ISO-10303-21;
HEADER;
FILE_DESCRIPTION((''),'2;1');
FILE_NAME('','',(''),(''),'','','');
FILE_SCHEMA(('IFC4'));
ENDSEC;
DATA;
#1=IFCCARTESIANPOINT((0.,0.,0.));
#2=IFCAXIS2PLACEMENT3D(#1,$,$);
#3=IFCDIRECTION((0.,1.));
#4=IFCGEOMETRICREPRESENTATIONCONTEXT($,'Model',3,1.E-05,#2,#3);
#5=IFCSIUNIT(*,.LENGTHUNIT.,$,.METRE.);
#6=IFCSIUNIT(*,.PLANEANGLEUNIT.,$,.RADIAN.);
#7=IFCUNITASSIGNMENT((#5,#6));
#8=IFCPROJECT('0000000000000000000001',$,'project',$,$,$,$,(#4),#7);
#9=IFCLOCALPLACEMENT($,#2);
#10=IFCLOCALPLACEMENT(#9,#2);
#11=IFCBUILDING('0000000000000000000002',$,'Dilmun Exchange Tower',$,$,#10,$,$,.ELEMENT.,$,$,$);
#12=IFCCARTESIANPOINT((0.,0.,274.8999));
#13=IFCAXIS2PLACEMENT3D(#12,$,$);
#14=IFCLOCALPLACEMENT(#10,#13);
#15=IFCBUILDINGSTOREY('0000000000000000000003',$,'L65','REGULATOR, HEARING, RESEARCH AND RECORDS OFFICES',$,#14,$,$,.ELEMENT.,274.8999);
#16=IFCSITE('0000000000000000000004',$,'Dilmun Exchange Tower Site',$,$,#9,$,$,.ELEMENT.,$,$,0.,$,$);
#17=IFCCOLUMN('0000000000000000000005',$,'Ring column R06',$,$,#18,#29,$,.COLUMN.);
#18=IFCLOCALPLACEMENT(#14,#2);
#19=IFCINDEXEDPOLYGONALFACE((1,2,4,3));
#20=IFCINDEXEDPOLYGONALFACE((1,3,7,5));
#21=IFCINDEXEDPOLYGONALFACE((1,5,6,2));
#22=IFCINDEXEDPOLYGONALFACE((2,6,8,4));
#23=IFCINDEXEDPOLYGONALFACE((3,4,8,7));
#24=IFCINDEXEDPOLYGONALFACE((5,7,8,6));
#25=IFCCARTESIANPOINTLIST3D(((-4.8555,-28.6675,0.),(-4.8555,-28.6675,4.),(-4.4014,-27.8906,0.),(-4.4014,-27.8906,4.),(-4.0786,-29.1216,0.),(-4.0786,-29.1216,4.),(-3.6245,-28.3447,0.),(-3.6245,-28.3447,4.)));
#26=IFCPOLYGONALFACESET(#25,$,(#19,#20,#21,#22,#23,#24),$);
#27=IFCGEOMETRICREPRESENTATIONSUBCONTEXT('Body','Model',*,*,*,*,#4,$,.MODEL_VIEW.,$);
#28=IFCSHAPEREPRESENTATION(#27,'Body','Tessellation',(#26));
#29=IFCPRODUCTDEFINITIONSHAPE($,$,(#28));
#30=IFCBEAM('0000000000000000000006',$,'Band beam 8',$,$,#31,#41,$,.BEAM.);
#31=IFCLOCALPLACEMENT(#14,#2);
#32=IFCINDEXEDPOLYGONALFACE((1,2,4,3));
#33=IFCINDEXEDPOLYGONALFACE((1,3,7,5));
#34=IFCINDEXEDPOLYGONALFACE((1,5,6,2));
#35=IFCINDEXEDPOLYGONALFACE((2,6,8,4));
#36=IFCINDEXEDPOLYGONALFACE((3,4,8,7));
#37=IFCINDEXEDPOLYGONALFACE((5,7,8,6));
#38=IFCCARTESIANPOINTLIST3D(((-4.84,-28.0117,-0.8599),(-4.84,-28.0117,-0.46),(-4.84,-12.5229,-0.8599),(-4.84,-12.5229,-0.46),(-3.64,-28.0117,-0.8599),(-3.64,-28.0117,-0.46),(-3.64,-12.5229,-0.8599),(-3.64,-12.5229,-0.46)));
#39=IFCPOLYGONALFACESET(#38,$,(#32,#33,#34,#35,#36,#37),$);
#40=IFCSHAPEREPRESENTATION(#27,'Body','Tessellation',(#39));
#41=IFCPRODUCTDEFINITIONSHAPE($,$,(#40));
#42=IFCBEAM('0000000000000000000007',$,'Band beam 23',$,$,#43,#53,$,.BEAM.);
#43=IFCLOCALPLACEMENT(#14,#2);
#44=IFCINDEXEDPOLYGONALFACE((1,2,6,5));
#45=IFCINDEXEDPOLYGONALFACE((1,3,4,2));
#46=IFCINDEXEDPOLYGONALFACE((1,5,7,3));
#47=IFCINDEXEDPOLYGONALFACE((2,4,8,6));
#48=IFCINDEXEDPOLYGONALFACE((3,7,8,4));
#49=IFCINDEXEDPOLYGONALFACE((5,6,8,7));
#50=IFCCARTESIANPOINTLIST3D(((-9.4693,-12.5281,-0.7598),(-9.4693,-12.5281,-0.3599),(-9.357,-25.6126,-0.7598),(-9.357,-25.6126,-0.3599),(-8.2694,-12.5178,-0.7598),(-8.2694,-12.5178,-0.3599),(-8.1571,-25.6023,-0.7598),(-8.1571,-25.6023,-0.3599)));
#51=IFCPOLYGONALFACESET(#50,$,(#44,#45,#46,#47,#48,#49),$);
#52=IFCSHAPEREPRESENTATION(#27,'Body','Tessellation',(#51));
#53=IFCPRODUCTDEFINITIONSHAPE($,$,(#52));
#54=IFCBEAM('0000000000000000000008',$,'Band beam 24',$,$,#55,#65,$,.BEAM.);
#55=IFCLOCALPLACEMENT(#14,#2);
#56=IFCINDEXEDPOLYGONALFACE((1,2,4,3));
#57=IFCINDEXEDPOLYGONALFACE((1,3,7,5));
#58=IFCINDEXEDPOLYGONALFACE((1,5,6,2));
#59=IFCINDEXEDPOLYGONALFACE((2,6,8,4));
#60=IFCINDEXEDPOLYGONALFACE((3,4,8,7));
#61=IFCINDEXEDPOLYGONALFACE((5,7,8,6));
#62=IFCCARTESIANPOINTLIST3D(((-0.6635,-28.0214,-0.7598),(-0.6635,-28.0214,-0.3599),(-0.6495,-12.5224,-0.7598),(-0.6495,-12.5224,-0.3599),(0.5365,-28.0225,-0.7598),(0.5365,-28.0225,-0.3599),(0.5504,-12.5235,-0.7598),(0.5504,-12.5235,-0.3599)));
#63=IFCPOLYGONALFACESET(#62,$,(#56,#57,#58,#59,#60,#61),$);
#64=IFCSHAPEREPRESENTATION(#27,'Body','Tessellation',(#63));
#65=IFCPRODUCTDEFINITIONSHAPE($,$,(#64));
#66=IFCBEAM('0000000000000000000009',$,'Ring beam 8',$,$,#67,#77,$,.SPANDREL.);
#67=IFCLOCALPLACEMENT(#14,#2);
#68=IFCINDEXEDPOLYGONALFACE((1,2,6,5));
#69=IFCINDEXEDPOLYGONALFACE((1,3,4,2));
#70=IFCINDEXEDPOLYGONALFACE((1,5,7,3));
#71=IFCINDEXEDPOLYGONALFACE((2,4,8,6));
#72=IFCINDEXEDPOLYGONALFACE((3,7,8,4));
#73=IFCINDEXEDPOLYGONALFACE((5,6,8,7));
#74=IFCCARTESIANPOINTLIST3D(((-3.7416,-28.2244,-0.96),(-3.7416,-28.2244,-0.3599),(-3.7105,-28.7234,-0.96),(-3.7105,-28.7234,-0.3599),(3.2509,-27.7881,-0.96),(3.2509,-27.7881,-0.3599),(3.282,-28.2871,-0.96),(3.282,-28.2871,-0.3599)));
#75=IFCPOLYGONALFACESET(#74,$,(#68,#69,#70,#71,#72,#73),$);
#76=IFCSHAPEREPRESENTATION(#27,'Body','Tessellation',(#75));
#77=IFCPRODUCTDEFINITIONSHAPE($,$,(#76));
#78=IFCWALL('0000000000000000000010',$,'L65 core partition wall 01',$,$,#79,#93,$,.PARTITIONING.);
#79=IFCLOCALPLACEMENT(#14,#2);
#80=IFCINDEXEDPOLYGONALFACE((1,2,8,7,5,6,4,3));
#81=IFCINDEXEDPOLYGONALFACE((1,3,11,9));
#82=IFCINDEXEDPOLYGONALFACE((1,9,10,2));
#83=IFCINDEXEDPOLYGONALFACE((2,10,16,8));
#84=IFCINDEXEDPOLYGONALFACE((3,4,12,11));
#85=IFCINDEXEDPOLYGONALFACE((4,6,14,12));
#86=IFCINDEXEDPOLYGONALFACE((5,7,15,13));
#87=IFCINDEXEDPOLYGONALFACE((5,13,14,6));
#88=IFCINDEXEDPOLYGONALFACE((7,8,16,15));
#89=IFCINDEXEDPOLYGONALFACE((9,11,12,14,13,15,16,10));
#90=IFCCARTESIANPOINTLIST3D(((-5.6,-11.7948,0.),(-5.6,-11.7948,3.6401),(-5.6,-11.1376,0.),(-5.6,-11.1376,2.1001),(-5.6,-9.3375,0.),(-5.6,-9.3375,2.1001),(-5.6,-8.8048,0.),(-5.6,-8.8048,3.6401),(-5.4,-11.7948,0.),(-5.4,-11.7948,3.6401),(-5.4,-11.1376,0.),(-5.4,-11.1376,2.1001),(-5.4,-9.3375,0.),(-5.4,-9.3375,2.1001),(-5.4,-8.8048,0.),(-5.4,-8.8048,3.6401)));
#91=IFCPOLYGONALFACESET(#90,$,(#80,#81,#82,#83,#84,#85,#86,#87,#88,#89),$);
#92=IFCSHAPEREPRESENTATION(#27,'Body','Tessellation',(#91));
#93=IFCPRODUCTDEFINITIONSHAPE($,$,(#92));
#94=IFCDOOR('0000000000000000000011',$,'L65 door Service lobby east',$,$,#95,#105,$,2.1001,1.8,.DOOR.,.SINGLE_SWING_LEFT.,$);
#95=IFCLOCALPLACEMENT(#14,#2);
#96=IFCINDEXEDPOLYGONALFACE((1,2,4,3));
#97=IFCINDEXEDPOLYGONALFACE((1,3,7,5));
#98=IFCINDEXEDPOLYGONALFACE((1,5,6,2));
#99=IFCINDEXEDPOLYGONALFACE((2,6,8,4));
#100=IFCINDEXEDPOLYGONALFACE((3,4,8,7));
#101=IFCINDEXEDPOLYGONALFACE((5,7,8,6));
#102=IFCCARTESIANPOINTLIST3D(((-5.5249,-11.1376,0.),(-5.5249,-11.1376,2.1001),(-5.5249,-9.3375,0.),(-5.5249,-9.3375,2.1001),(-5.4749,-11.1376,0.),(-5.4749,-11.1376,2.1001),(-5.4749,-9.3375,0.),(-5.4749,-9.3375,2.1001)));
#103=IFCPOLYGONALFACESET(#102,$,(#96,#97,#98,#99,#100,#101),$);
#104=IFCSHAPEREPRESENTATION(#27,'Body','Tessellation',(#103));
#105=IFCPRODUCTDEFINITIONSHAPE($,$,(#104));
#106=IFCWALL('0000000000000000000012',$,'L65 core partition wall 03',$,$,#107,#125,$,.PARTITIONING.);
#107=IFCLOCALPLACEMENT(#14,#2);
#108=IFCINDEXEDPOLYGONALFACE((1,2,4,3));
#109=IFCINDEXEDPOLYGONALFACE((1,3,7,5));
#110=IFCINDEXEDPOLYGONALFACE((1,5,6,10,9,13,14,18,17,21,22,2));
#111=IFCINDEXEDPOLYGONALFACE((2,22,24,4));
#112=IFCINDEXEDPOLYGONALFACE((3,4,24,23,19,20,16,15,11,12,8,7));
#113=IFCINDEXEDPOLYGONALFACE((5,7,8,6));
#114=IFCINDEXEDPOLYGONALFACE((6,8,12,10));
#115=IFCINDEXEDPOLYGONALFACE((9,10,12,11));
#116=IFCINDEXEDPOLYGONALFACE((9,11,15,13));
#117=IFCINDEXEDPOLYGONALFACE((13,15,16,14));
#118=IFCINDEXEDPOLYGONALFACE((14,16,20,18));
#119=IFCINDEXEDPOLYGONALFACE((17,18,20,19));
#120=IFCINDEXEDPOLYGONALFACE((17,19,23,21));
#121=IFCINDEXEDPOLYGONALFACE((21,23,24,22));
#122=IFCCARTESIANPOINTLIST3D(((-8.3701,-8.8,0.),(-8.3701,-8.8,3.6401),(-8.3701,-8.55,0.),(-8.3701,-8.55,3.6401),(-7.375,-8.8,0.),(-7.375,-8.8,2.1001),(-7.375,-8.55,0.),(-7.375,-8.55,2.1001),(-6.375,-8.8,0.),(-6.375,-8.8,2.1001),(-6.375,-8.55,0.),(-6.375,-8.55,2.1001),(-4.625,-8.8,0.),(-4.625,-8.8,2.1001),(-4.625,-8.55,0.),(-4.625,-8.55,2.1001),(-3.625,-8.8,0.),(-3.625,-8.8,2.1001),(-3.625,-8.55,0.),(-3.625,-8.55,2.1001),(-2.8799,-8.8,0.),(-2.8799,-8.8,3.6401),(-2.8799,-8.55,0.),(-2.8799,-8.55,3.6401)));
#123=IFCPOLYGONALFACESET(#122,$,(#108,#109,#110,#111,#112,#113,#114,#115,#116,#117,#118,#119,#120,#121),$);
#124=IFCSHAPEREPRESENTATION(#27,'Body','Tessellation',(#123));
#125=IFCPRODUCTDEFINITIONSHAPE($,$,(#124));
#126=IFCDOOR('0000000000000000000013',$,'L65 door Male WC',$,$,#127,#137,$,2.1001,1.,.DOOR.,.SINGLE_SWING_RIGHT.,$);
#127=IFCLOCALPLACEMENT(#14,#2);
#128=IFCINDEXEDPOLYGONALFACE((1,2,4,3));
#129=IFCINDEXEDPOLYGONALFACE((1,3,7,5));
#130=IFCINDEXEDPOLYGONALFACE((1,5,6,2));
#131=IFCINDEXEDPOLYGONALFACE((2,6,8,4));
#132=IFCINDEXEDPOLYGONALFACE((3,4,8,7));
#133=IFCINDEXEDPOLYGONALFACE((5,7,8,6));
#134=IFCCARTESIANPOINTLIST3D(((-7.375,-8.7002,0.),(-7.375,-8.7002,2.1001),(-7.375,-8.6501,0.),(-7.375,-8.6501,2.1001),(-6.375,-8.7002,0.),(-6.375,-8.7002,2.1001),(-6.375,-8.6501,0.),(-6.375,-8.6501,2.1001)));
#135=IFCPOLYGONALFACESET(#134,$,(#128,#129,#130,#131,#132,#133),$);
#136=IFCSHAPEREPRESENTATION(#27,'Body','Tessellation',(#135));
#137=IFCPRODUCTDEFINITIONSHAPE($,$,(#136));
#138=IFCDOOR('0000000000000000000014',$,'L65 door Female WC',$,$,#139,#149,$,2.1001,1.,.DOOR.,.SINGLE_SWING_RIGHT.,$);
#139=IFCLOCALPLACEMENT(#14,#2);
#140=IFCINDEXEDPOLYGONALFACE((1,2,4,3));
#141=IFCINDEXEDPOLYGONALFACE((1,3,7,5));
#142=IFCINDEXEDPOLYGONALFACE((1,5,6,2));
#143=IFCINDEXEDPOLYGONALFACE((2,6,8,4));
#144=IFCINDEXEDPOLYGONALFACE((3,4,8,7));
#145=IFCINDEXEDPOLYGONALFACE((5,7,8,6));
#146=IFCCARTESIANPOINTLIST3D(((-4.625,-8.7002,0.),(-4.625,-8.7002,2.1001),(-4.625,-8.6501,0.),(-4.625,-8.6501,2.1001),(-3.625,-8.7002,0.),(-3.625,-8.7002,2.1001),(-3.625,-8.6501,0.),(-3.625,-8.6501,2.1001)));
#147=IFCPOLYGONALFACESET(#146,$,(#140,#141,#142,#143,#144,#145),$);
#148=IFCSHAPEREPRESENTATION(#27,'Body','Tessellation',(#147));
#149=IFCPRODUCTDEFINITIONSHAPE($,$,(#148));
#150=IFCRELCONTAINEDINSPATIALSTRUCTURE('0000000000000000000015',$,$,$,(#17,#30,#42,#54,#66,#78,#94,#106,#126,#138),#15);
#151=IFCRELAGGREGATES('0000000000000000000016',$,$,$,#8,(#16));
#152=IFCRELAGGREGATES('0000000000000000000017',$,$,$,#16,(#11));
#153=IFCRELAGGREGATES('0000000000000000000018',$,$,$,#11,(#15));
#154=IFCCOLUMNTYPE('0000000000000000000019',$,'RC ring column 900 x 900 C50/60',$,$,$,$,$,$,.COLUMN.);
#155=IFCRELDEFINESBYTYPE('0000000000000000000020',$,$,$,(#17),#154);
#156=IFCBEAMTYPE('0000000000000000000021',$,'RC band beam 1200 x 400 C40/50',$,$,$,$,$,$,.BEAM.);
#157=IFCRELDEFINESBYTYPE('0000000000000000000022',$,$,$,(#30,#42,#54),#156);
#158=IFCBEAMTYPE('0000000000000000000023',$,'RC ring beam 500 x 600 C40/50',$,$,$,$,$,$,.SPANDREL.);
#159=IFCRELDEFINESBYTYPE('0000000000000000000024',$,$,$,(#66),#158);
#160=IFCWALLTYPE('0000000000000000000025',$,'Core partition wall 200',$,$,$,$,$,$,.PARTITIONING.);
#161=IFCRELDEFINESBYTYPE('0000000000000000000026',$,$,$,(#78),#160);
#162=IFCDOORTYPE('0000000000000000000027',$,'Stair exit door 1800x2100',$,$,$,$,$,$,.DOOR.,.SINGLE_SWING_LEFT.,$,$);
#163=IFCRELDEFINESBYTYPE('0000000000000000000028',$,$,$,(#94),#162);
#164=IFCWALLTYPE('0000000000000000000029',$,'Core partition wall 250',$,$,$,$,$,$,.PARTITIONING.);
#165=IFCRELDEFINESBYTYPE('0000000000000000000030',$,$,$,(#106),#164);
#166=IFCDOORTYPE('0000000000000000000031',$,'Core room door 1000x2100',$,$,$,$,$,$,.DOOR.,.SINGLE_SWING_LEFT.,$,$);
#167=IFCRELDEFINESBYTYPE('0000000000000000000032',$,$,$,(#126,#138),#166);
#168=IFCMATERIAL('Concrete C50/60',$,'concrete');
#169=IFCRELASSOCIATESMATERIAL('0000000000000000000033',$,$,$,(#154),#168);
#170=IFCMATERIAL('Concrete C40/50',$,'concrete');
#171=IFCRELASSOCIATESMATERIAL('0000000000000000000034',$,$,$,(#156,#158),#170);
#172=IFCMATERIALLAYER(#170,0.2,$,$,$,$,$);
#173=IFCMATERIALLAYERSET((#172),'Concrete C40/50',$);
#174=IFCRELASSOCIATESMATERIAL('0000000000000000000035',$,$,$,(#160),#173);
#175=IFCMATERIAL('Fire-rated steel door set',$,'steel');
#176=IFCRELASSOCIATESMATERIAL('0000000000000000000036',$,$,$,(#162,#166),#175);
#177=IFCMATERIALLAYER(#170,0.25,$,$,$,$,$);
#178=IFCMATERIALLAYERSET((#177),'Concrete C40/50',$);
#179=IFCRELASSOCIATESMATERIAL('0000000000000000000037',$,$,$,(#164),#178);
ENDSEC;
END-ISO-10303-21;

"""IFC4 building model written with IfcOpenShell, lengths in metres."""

from ifc_helpers import new_model, si_unit, direction, frame, frame_2d, origin, origin_2d, place, context, subcontext, project, spatial, rectangle, extrude, material, layer, layer_set, material_profile, profile_set, type_object, element, fill, save


model = new_model("IFC4")

# Units and contexts
model_context = context("Model", 3, precision=1e-05, world=origin(), true_north=direction((0.0, 1.0)))
body_context = subcontext(model_context, "Body", "Model", "MODEL_VIEW")
ifc_project = project(units=[si_unit("LENGTHUNIT", "METRE"), si_unit("PLANEANGLEUNIT", "RADIAN")], contexts=[model_context])

# Site, building, storey
site_placement = place(None, origin())
site = spatial("IfcSite", under=ifc_project, at=site_placement, Name="Dilmun Exchange Tower Site", CompositionType="ELEMENT", RefElevation=0.0)
building_placement = place(site_placement, origin())
building = spatial("IfcBuilding", under=site, at=building_placement, Name="Dilmun Exchange Tower", CompositionType="ELEMENT")
storey_placement = place(building_placement, frame((0.0, 0.0, 274.8999)))
storey = spatial("IfcBuildingStorey", under=building, at=storey_placement, Name="L65", Description="REGULATOR, HEARING, RESEARCH AND RECORDS OFFICES", CompositionType="ELEMENT", Elevation=274.8999)

# Column
ifc_material_1 = material(Name="Concrete C50/60", Category="concrete")
ifc_material_profile_1 = material_profile(ifc_material_1, rectangle(XDim=0.8999, YDim=0.8999, at=origin_2d()), Name="900 x 900")
ifc_profile_set_1 = profile_set([ifc_material_profile_1], Name="Concrete C50/60")
column_type = type_object("IfcColumnType", Name="RC ring column 900 x 900 C50/60", PredefinedType="COLUMN", material=ifc_profile_set_1)
column_placement = place(storey_placement, frame((-4.24, -28.5061, 0.0), z_axis=(0.0, 0.0, 1.0), x_axis=(0.504644, 0.863328, 0.0)))
element("IfcColumn", 1, at=column_placement, inside=storey, type_object=column_type, Name="Ring column R06", PredefinedType="COLUMN", context=body_context, shape_type="SweptSolid", body=[
    extrude(rectangle(XDim=0.8999, YDim=0.8999, at=origin_2d()), origin(), (0.0, 0.0, 1.0), 4.0),
])

# Beams
ifc_material_2 = material(Name="Concrete C40/50", Category="concrete")
ifc_material_profile_2 = material_profile(ifc_material_2, rectangle(XDim=1.2, YDim=0.3999, at=origin_2d()), Name="1200 x 400")
ifc_profile_set_2 = profile_set([ifc_material_profile_2], Name="Concrete C40/50")
beam_type_1 = type_object("IfcBeamType", Name="RC band beam 1200 x 400 C40/50", PredefinedType="BEAM", material=ifc_profile_set_2)
beam_1_placement = place(storey_placement, frame((-4.24, -28.0117, -0.6599), z_axis=(0.0, 1.0, 0.0), x_axis=(-1.0, 0.0, 0.0)))
element("IfcBeam", 2, at=beam_1_placement, inside=storey, type_object=beam_type_1, Name="Band beam 8", PredefinedType="BEAM", context=body_context, shape_type="SweptSolid", body=[
    extrude(rectangle(XDim=1.2, YDim=0.3999, at=origin_2d()), origin(), (0.0, 0.0, 1.0), 15.4888),
])
beam_2_placement = place(storey_placement, frame((-8.7571, -25.6074, -0.5598), z_axis=(-0.008583, 0.999963, 0.0), x_axis=(-0.999963, -0.008583, 0.0)))
element("IfcBeam", 3, at=beam_2_placement, inside=storey, type_object=beam_type_1, Name="Band beam 23", PredefinedType="BEAM", context=body_context, shape_type="SweptSolid", body=[
    extrude(rectangle(XDim=1.2, YDim=0.3999, at=origin_2d()), origin(), (0.0, 0.0, 1.0), 13.085),
])
beam_3_placement = place(storey_placement, frame((-0.0635, -28.022, -0.5598), z_axis=(0.000898, 1.0, 0.0), x_axis=(-1.0, 0.000898, 0.0)))
element("IfcBeam", 4, at=beam_3_placement, inside=storey, type_object=beam_type_1, Name="Band beam 24", PredefinedType="BEAM", context=body_context, shape_type="SweptSolid", body=[
    extrude(rectangle(XDim=1.2, YDim=0.3999, at=origin_2d()), origin(), (0.0, 0.0, 1.0), 15.499),
])
ifc_material_profile_3 = material_profile(ifc_material_2, rectangle(XDim=0.5, YDim=0.6001, at=origin_2d()), Name="500 x 600")
ifc_profile_set_3 = profile_set([ifc_material_profile_3], Name="Concrete C40/50")
beam_type_2 = type_object("IfcBeamType", Name="RC ring beam 500 x 600 C40/50", PredefinedType="SPANDREL", material=ifc_profile_set_3)
beam_4_placement = place(storey_placement, frame((-3.7261, -28.4739, -0.6599), z_axis=(0.998059, 0.062272, 0.0), x_axis=(-0.062272, 0.998059, 0.0)))
element("IfcBeam", 5, at=beam_4_placement, inside=storey, type_object=beam_type_2, Name="Ring beam 8", PredefinedType="SPANDREL", context=body_context, shape_type="SweptSolid", body=[
    extrude(rectangle(XDim=0.5, YDim=0.6001, at=origin_2d()), origin(), (0.0, 0.0, 1.0), 7.0061),
])

# Wall, opening, door
ifc_layer_1 = layer(ifc_material_2, 0.2)
ifc_layer_set_1 = layer_set([ifc_layer_1], Name="Concrete C40/50")
wall_type_1 = type_object("IfcWallType", Name="Core partition wall 200", PredefinedType="PARTITIONING", material=ifc_layer_set_1)
wall_1_placement = place(storey_placement, frame((-5.5, -11.7949, 0.0), z_axis=(0.0, 0.0, 1.0), x_axis=(0.0, 1.0, 0.0)))
wall_1 = element("IfcWall", 6, at=wall_1_placement, inside=storey, type_object=wall_type_1, Name="L65 core partition wall 01", PredefinedType="PARTITIONING", context=body_context, shape_type="SweptSolid", body=[
    extrude(rectangle(XDim=2.99, YDim=0.2, at=frame_2d((1.4951, 0.0))), origin(), (0.0, 0.0, 1.0), 3.6401),
])
opening_1_placement = place(wall_1_placement, frame((0.6575, 0.0, 0.0)))
opening_1 = element("IfcOpeningElement", 7, at=opening_1_placement, cuts=wall_1, PredefinedType="OPENING", context=body_context, shape_type="SweptSolid", body=[
    extrude(rectangle(XDim=1.8, YDim=2.1001, at=frame_2d((0.8999, 1.05))), frame((0.0, 0.1099, 0.0), z_axis=(0.0, -1.0, 0.0), x_axis=(1.0, 0.0, 0.0)), (0.0, 0.0, 1.0), 0.22),
])
ifc_material_3 = material(Name="Fire-rated steel door set", Category="steel")
door_type_1 = type_object("IfcDoorType", Name="Stair exit door 1800x2100", OperationType="SINGLE_SWING_LEFT", PredefinedType="DOOR", material=ifc_material_3)
door_1_placement = place(opening_1_placement, origin())
door_1 = element("IfcDoor", 8, at=door_1_placement, inside=storey, type_object=door_type_1, Name="L65 door Service lobby east", OperationType="SINGLE_SWING_LEFT", OverallHeight=2.1001, OverallWidth=1.8, PredefinedType="DOOR", context=body_context, shape_type="SweptSolid", body=[
    extrude(rectangle(XDim=1.8, YDim=2.1001, at=frame_2d((0.8999, 1.05))), frame((0.0, 0.0249, 0.0), z_axis=(0.0, -1.0, 0.0), x_axis=(1.0, 0.0, 0.0)), (0.0, 0.0, 1.0), 0.05),
])
fill(opening_1, door_1)

# Wall, openings, doors
ifc_layer_2 = layer(ifc_material_2, 0.25)
ifc_layer_set_2 = layer_set([ifc_layer_2], Name="Concrete C40/50")
wall_type_2 = type_object("IfcWallType", Name="Core partition wall 250", PredefinedType="PARTITIONING", material=ifc_layer_set_2)
wall_2_placement = place(storey_placement, frame((-8.3701, -8.675, 0.0), z_axis=(0.0, 0.0, 1.0), x_axis=(1.0, 0.0, 0.0)))
wall_2 = element("IfcWall", 9, at=wall_2_placement, inside=storey, type_object=wall_type_2, Name="L65 core partition wall 03", PredefinedType="PARTITIONING", context=body_context, shape_type="SweptSolid", body=[
    extrude(rectangle(XDim=5.4902, YDim=0.25, at=frame_2d((2.7451, 0.0))), origin(), (0.0, 0.0, 1.0), 3.6401),
])
opening_2_placement = place(wall_2_placement, frame((0.9951, 0.0, 0.0)))
opening_2 = element("IfcOpeningElement", 10, at=opening_2_placement, cuts=wall_2, PredefinedType="OPENING", context=body_context, shape_type="SweptSolid", body=[
    extrude(rectangle(XDim=1.0, YDim=2.1001, at=frame_2d((0.5, 1.05))), frame((0.0, 0.135, 0.0), z_axis=(0.0, -1.0, 0.0), x_axis=(1.0, 0.0, 0.0)), (0.0, 0.0, 1.0), 0.27),
])
opening_3_placement = place(wall_2_placement, frame((3.7451, 0.0, 0.0)))
opening_3 = element("IfcOpeningElement", 11, at=opening_3_placement, cuts=wall_2, PredefinedType="OPENING", context=body_context, shape_type="SweptSolid", body=[
    extrude(rectangle(XDim=1.0, YDim=2.1001, at=frame_2d((0.5, 1.05))), frame((0.0, 0.135, 0.0), z_axis=(0.0, -1.0, 0.0), x_axis=(1.0, 0.0, 0.0)), (0.0, 0.0, 1.0), 0.27),
])
door_type_2 = type_object("IfcDoorType", Name="Core room door 1000x2100", OperationType="SINGLE_SWING_LEFT", PredefinedType="DOOR", material=ifc_material_3)
door_2_placement = place(opening_2_placement, origin())
door_2 = element("IfcDoor", 12, at=door_2_placement, inside=storey, type_object=door_type_2, Name="L65 door Male WC", OperationType="SINGLE_SWING_RIGHT", OverallHeight=2.1001, OverallWidth=1.0, PredefinedType="DOOR", context=body_context, shape_type="SweptSolid", body=[
    extrude(rectangle(XDim=1.0, YDim=2.1001, at=frame_2d((0.5, 1.05))), frame((0.0, 0.0249, 0.0), z_axis=(0.0, -1.0, 0.0), x_axis=(1.0, 0.0, 0.0)), (0.0, 0.0, 1.0), 0.05),
])
fill(opening_2, door_2)
door_3_placement = place(opening_3_placement, origin())
door_3 = element("IfcDoor", 13, at=door_3_placement, inside=storey, type_object=door_type_2, Name="L65 door Female WC", OperationType="SINGLE_SWING_RIGHT", OverallHeight=2.1001, OverallWidth=1.0, PredefinedType="DOOR", context=body_context, shape_type="SweptSolid", body=[
    extrude(rectangle(XDim=1.0, YDim=2.1001, at=frame_2d((0.5, 1.05))), frame((0.0, 0.0249, 0.0), z_axis=(0.0, -1.0, 0.0), x_axis=(1.0, 0.0, 0.0)), (0.0, 0.0, 1.0), 0.05),
])
fill(opening_3, door_3)

save(model, "model.ifc")
